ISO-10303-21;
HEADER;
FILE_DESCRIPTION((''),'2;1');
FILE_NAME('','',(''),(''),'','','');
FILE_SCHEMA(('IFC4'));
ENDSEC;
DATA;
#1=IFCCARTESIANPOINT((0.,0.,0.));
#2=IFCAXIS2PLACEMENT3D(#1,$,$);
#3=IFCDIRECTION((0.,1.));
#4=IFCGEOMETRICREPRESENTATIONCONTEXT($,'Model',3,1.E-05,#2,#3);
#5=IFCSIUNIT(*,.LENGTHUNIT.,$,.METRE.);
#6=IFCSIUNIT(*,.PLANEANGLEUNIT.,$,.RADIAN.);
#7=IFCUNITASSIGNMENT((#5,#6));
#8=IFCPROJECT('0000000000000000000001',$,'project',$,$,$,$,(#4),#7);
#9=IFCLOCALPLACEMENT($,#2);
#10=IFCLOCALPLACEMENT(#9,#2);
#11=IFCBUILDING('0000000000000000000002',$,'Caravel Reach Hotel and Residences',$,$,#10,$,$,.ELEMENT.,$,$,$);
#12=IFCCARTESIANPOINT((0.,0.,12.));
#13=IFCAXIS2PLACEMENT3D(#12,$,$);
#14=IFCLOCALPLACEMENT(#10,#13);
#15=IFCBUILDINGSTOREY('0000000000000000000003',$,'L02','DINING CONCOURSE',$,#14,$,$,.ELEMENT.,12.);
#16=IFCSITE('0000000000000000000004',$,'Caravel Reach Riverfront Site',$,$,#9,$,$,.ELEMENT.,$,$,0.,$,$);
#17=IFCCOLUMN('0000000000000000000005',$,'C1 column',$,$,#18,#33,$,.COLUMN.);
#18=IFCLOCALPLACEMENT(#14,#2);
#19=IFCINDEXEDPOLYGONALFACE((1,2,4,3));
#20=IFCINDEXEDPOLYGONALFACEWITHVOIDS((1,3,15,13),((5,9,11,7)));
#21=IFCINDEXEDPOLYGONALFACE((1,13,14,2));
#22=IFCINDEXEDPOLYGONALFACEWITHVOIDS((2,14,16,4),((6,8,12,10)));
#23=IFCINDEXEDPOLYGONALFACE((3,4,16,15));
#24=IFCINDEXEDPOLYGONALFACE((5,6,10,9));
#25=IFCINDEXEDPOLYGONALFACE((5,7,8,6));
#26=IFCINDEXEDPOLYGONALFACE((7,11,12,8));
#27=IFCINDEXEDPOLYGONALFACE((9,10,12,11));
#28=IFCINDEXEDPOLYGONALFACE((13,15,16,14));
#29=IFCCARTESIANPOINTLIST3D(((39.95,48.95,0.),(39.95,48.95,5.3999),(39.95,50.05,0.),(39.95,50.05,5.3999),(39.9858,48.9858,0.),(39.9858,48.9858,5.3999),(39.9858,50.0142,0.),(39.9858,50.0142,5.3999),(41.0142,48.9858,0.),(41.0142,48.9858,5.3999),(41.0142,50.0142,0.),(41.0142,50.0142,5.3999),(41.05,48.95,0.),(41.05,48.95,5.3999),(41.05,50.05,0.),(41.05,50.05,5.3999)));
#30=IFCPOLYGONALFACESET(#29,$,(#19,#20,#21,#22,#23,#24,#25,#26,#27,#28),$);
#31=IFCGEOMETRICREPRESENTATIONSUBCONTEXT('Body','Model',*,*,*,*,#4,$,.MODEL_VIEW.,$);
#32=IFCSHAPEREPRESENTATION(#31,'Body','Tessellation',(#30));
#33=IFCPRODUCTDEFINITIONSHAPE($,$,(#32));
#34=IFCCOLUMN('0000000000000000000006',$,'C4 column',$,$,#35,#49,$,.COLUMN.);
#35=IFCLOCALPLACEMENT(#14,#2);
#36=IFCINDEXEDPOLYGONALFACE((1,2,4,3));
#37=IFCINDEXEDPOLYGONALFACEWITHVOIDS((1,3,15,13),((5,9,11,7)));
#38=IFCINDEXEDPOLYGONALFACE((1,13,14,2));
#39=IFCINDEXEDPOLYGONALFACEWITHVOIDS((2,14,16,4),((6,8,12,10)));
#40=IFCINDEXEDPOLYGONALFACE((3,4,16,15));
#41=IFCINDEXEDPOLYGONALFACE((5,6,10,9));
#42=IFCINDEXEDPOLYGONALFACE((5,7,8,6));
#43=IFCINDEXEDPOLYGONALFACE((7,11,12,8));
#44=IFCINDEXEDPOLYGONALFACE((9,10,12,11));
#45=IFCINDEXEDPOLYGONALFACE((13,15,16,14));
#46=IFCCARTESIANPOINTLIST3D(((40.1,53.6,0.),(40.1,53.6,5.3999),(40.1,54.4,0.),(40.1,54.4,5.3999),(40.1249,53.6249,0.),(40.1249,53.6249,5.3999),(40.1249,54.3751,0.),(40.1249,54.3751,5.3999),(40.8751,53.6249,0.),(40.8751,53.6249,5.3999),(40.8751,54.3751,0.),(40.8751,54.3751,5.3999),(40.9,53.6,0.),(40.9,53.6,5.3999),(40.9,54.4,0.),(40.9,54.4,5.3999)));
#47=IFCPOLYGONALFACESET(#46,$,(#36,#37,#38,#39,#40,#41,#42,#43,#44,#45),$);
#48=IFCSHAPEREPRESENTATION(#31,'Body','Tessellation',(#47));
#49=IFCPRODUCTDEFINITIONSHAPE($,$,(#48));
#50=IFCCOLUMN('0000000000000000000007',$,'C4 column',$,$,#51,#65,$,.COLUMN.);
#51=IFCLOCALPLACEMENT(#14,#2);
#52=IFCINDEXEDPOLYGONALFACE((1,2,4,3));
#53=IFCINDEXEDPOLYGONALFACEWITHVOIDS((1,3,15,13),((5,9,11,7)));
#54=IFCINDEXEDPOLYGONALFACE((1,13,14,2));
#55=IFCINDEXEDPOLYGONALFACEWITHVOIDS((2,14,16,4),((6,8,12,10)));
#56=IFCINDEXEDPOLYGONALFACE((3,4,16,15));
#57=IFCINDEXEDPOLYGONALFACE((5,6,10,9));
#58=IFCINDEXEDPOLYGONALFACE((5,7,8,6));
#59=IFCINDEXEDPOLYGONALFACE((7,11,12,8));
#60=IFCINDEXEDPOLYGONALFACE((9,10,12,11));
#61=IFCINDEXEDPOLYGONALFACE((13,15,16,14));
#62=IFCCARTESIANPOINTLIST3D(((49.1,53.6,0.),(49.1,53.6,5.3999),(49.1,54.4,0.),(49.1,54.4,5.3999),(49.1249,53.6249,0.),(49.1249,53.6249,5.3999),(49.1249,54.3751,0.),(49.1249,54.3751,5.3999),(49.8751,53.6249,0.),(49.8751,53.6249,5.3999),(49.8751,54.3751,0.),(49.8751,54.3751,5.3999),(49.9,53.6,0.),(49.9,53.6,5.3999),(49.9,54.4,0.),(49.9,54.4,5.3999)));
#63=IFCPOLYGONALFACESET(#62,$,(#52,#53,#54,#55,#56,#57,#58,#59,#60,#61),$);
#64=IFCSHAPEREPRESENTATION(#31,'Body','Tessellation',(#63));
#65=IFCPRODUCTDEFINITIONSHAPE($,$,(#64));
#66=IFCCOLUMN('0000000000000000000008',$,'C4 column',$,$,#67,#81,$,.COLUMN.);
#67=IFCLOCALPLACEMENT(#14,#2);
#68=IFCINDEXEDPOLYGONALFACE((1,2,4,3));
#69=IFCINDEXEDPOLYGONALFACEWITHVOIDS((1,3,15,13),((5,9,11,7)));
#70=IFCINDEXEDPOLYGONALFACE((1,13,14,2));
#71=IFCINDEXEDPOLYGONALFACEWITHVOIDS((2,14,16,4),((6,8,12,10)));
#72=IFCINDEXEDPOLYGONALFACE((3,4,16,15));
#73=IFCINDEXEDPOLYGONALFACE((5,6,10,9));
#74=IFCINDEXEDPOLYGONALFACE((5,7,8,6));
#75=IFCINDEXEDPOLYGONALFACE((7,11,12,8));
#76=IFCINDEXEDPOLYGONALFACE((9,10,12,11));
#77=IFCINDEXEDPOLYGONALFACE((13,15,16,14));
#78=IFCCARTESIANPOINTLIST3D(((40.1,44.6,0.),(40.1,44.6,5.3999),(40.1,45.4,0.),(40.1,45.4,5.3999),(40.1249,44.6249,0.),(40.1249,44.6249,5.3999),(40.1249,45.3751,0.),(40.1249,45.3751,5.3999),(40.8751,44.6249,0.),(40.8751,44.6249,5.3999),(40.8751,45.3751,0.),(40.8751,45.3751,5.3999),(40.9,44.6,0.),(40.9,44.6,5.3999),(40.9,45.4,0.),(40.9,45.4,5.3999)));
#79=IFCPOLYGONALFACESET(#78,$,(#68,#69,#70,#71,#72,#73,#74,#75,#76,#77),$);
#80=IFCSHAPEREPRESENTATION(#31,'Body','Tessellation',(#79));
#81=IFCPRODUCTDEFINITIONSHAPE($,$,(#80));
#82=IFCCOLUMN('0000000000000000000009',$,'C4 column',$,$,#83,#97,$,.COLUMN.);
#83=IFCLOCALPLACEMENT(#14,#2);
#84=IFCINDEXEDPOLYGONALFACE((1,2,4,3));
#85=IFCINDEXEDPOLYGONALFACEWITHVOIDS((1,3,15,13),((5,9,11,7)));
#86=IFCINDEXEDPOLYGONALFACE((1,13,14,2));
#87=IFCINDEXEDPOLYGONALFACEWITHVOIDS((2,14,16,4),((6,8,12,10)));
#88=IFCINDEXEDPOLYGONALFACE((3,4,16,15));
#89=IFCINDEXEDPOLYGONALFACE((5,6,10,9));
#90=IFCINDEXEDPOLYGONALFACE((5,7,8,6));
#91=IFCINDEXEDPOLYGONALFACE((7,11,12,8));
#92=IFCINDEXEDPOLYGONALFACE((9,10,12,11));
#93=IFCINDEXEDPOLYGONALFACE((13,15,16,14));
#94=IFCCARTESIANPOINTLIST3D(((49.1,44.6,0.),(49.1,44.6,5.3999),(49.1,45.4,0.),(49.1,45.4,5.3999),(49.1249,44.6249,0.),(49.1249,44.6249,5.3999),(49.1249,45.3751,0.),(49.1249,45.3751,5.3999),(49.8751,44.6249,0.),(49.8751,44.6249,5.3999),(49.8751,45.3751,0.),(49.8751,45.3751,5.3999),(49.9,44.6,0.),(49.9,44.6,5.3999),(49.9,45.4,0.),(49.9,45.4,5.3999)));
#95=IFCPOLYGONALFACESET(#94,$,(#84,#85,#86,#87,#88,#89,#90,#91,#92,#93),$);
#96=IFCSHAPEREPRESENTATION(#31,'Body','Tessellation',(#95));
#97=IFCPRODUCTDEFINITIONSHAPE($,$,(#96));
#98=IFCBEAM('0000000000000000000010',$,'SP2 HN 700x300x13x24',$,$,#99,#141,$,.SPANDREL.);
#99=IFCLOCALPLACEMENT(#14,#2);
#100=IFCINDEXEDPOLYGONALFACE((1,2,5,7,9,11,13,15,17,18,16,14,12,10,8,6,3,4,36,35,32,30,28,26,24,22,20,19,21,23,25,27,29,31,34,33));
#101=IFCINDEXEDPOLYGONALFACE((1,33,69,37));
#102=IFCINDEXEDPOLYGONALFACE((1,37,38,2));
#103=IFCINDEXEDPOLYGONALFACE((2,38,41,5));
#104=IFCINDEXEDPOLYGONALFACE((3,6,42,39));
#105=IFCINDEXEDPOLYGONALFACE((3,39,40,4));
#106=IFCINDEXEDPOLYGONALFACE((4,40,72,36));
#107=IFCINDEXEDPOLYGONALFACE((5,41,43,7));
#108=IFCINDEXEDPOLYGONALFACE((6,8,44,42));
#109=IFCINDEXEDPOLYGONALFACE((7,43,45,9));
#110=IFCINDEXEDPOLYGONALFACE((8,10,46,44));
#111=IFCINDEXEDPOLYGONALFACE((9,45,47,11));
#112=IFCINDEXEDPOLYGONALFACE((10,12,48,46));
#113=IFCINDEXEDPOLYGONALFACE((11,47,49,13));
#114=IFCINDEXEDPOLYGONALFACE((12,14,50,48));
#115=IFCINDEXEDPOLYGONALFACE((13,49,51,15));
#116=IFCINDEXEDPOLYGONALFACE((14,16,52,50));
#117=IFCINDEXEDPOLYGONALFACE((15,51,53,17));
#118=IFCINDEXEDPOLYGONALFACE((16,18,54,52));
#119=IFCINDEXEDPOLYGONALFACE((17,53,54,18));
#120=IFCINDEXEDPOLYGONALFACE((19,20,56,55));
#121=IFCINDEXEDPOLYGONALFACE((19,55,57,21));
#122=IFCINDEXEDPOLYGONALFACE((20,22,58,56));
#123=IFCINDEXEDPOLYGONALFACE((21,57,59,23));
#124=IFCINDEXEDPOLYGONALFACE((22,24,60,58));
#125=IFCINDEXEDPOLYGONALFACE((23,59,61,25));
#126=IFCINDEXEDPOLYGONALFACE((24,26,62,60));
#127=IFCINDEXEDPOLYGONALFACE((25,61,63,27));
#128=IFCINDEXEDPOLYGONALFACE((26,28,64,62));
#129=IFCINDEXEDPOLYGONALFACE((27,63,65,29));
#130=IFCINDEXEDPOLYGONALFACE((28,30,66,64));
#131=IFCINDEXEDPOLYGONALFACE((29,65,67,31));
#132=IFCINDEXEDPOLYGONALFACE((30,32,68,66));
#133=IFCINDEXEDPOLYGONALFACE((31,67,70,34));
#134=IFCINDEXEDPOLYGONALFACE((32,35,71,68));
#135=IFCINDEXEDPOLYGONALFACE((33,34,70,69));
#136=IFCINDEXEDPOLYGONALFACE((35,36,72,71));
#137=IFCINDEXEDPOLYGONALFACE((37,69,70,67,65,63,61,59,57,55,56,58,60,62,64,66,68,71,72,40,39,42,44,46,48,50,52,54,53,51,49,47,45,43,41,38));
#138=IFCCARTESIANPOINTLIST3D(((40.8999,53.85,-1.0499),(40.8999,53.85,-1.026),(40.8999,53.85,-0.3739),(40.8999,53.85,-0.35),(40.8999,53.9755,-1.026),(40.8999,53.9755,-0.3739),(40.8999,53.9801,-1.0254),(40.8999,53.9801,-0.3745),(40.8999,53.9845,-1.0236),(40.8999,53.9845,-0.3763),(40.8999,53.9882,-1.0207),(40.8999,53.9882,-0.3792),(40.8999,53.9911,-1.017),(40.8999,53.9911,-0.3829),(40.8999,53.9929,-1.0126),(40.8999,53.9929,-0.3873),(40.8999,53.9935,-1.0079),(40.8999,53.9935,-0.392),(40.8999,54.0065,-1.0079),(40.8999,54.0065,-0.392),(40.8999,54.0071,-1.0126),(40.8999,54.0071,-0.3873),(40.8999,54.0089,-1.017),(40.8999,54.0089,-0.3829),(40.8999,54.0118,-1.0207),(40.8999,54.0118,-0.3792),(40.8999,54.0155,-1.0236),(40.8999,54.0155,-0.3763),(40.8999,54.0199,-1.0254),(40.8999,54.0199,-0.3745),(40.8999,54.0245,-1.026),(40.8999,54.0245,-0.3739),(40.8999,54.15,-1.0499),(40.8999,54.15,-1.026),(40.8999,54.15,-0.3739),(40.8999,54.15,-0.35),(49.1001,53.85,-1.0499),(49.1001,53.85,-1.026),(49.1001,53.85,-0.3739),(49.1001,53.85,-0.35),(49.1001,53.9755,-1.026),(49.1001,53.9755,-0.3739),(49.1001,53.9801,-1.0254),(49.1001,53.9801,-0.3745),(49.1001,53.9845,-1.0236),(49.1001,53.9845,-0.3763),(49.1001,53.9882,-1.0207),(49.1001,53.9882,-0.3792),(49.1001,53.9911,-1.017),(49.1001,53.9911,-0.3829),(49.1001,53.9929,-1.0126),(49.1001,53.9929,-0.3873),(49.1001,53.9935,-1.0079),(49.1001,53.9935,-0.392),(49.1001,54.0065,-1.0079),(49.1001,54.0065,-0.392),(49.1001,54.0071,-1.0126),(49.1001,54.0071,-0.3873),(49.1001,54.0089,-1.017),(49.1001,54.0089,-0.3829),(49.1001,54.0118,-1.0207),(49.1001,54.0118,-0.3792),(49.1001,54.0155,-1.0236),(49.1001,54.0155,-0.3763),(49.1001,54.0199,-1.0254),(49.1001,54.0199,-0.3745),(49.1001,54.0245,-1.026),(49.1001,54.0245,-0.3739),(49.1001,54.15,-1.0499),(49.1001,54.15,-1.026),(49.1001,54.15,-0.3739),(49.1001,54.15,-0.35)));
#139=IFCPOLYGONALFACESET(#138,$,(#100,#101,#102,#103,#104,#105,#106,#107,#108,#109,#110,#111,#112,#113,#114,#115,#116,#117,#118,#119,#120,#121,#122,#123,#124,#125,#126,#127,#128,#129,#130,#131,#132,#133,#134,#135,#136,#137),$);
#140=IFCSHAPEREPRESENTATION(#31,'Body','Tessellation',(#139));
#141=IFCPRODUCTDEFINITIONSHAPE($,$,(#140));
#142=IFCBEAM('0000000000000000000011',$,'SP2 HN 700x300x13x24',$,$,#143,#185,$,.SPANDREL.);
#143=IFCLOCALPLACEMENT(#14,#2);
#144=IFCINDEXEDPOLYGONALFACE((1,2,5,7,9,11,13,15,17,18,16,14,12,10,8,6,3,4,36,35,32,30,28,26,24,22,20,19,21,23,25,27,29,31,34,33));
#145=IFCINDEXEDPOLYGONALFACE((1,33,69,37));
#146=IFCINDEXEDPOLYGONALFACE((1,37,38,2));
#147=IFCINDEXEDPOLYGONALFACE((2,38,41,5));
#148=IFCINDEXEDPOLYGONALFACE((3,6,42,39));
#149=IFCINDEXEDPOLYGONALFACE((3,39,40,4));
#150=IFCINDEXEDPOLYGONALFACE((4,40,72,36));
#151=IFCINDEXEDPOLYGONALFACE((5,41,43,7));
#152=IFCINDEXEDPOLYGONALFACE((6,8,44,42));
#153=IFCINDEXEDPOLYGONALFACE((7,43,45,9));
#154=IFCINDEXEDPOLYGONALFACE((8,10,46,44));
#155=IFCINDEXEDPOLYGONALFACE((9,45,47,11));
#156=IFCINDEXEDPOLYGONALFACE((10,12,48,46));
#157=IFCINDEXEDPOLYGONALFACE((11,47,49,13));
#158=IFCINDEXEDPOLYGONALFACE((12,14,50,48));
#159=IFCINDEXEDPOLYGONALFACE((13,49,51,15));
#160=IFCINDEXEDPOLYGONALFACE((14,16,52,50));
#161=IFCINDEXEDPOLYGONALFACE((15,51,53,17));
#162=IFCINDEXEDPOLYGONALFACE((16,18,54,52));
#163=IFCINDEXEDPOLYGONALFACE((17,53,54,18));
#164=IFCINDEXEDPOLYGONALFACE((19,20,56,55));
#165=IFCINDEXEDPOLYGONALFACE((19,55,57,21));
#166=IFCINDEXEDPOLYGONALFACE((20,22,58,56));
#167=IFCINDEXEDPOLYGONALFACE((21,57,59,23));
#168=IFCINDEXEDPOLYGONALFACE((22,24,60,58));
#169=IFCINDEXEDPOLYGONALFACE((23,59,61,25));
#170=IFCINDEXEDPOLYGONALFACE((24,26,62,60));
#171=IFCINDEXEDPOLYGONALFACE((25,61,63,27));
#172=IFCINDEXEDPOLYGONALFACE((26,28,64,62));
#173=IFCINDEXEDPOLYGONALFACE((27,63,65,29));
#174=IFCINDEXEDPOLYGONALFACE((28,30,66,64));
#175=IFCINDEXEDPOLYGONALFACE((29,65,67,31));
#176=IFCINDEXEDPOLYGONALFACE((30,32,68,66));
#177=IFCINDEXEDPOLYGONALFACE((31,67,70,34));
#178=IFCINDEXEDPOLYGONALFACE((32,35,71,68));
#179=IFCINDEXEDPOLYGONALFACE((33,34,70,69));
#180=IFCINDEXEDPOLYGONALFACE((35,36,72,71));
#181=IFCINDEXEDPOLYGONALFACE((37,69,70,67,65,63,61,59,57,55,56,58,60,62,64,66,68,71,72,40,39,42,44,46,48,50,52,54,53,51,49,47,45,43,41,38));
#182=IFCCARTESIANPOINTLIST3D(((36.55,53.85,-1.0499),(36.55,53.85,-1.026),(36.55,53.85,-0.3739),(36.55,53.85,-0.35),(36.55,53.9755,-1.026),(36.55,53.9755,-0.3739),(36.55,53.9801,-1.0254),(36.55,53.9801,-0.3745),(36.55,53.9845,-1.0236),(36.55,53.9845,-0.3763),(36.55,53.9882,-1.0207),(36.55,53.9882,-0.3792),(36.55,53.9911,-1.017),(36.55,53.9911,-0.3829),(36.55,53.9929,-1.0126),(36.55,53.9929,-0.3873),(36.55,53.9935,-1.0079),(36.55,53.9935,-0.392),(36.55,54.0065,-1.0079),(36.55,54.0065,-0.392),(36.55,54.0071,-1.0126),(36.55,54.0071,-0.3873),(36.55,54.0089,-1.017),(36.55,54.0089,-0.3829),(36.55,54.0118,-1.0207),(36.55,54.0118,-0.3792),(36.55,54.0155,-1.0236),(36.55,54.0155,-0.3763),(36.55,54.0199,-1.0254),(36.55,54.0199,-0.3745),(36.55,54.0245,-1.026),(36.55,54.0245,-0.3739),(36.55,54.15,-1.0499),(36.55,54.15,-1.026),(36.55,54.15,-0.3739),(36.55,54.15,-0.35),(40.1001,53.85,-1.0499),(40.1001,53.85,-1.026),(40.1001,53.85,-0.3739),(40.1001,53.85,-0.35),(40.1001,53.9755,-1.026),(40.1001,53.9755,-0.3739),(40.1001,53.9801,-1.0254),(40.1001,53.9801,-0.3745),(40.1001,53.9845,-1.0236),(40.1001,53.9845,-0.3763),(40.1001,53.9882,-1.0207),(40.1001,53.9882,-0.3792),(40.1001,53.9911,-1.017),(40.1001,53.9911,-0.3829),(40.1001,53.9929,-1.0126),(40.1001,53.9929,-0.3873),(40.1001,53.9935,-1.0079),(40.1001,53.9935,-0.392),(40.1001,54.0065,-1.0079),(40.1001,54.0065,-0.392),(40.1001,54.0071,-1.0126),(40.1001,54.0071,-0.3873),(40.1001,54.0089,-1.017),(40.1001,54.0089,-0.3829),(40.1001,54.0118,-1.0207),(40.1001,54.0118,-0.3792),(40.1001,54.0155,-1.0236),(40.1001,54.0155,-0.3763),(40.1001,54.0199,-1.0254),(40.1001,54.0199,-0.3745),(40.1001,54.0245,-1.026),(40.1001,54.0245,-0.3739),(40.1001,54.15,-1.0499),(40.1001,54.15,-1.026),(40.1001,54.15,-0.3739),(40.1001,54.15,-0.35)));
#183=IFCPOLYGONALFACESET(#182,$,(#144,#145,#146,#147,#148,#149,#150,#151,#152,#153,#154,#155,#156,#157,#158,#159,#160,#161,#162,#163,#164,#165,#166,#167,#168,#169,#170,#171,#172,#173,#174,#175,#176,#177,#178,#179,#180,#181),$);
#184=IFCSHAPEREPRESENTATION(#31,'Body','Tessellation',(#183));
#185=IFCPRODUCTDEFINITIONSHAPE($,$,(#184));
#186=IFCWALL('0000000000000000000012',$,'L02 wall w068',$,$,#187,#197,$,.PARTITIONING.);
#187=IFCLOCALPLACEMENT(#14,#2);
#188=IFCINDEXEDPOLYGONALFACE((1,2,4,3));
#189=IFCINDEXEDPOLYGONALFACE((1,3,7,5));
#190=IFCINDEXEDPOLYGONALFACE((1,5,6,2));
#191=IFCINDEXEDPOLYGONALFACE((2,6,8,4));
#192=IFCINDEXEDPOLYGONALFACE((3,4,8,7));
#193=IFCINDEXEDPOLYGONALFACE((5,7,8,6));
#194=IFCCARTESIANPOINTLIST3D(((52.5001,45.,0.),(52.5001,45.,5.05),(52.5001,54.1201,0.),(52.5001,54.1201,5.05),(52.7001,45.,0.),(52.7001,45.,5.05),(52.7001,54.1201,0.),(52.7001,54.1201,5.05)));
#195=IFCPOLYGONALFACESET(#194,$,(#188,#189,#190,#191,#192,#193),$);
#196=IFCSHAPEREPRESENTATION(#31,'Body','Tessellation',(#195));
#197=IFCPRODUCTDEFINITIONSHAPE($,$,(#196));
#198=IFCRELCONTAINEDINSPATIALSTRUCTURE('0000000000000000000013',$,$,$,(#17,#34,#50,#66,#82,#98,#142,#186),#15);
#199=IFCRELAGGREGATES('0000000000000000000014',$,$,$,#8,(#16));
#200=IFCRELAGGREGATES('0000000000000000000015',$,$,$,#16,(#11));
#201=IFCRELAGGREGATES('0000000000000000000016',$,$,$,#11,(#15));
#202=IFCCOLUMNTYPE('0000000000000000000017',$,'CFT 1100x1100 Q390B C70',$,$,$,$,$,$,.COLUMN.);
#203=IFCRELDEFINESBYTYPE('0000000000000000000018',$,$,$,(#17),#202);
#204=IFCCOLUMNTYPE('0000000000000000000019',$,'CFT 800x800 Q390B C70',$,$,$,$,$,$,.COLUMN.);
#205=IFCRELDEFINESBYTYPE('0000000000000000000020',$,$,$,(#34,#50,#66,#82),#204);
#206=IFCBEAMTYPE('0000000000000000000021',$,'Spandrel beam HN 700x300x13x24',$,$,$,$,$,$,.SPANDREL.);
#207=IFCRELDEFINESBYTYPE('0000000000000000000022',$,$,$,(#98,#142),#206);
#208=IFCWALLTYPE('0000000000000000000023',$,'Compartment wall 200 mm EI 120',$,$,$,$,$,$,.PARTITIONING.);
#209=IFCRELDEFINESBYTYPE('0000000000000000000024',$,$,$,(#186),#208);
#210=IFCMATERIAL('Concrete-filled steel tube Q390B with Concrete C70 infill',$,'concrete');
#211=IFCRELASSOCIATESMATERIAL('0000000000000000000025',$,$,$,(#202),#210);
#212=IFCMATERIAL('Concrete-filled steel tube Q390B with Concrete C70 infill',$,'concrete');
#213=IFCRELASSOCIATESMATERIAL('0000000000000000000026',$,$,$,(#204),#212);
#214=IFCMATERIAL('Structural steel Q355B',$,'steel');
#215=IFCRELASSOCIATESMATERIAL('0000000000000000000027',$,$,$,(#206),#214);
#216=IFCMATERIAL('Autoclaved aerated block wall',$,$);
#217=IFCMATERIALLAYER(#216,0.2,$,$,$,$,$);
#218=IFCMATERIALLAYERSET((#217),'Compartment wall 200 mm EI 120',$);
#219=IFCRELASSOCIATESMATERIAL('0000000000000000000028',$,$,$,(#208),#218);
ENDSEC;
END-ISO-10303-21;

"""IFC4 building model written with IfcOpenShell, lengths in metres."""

from ifc_helpers import new_model, si_unit, direction, frame, frame_2d, origin, origin_2d, place, context, subcontext, project, spatial, rectangle, hollow_rectangle, i_section, extrude, material, layer, layer_set, material_profile, profile_set, type_object, element, save


model = new_model("IFC4")

# Units and contexts
model_context = context("Model", 3, precision=1e-05, world=origin(), true_north=direction((0.0, 1.0)))
body_context = subcontext(model_context, "Body", "Model", "MODEL_VIEW")
ifc_project = project(units=[si_unit("LENGTHUNIT", "METRE"), si_unit("PLANEANGLEUNIT", "RADIAN")], contexts=[model_context])

# Site, building, storey
site_placement = place(None, origin())
site = spatial("IfcSite", under=ifc_project, at=site_placement, Name="Caravel Reach Riverfront Site", CompositionType="ELEMENT", RefElevation=0.0)
building_placement = place(site_placement, origin())
building = spatial("IfcBuilding", under=site, at=building_placement, Name="Caravel Reach Hotel and Residences", CompositionType="ELEMENT")
storey_placement = place(building_placement, frame((0.0, 0.0, 12.0)))
storey = spatial("IfcBuildingStorey", under=building, at=storey_placement, Name="L02", Description="DINING CONCOURSE", CompositionType="ELEMENT", Elevation=12.0)

# Columns
ifc_material_1 = material(Name="Concrete-filled steel tube Q390B with Concrete C70 infill", Category="concrete")
ifc_material_profile_1 = material_profile(ifc_material_1, hollow_rectangle(XDim=1.1001, YDim=1.1001, WallThickness=0.0359, at=origin_2d()), Name="RHS 1100x1100x36")
ifc_profile_set_1 = profile_set([ifc_material_profile_1], Name="Concrete-filled steel tube Q390B with Concrete C70 infill")
column_type_1 = type_object("IfcColumnType", Name="CFT 1100x1100 Q390B C70", PredefinedType="COLUMN", material=ifc_profile_set_1)
column_placement = place(storey_placement, frame((40.5, 49.5, 0.0), z_axis=(0.0, 0.0, 1.0), x_axis=(1.0, 0.0, 0.0)))
element("IfcColumn", 1, at=column_placement, inside=storey, type_object=column_type_1, Name="C1 column", PredefinedType="COLUMN", context=body_context, shape_type="SweptSolid", body=[
    extrude(hollow_rectangle(XDim=1.1001, YDim=1.1001, WallThickness=0.0359, at=origin_2d()), origin(), (0.0, 0.0, 1.0), 5.3999),
])
ifc_material_2 = material(Name="Concrete-filled steel tube Q390B with Concrete C70 infill", Category="concrete")
ifc_material_profile_2 = material_profile(ifc_material_2, hollow_rectangle(XDim=0.8, YDim=0.8, WallThickness=0.0249, at=origin_2d()), Name="RHS 800x800x25")
ifc_profile_set_2 = profile_set([ifc_material_profile_2], Name="Concrete-filled steel tube Q390B with Concrete C70 infill")
column_type_2 = type_object("IfcColumnType", Name="CFT 800x800 Q390B C70", PredefinedType="COLUMN", material=ifc_profile_set_2)
for number, where, z_axis, x_axis, name in (
    (2, (40.5, 54.0, 0.0), (0.0, 0.0, 1.0), (1.0, 0.0, 0.0), "C4 column"),
    (3, (49.5, 54.0, 0.0), (0.0, 0.0, 1.0), (1.0, 0.0, 0.0), "C4 column"),
    (4, (40.5, 45.0, 0.0), (0.0, 0.0, 1.0), (1.0, 0.0, 0.0), "C4 column"),
    (5, (49.5, 45.0, 0.0), (0.0, 0.0, 1.0), (1.0, 0.0, 0.0), "C4 column"),
):
    element("IfcColumn", number, at=place(storey_placement, frame(where, z_axis=z_axis, x_axis=x_axis)), inside=storey, type_object=column_type_2, Name=name, PredefinedType="COLUMN", context=body_context, shape_type="SweptSolid", body=[
        extrude(hollow_rectangle(XDim=0.8, YDim=0.8, WallThickness=0.0249, at=origin_2d()), origin(), (0.0, 0.0, 1.0), 5.3999),
    ])

# Beams
ifc_material_3 = material(Name="Structural steel Q355B", Category="steel")
ifc_material_profile_3 = material_profile(ifc_material_3, i_section(OverallWidth=0.3, OverallDepth=0.7, WebThickness=0.0129, FlangeThickness=0.0239, FilletRadius=0.0181, at=origin_2d()), Name="HN 700x300x13x24")
ifc_profile_set_3 = profile_set([ifc_material_profile_3], Name="Structural steel Q355B")
beam_type = type_object("IfcBeamType", Name="Spandrel beam HN 700x300x13x24", PredefinedType="SPANDREL", material=ifc_profile_set_3)
beam_1_placement = place(storey_placement, frame((49.1001, 54.0, -0.7), z_axis=(-1.0, 0.0, 0.0), x_axis=(0.0, -1.0, 0.0)))
element("IfcBeam", 6, at=beam_1_placement, inside=storey, type_object=beam_type, Name="SP2 HN 700x300x13x24", PredefinedType="SPANDREL", context=body_context, shape_type="SweptSolid", body=[
    extrude(i_section(OverallWidth=0.3, OverallDepth=0.7, WebThickness=0.0129, FlangeThickness=0.0239, FilletRadius=0.0181, at=origin_2d()), origin(), (0.0, 0.0, 1.0), 8.2002),
])
beam_2_placement = place(storey_placement, frame((40.1001, 54.0, -0.7), z_axis=(-1.0, 0.0, 0.0), x_axis=(0.0, -1.0, 0.0)))
element("IfcBeam", 7, at=beam_2_placement, inside=storey, type_object=beam_type, Name="SP2 HN 700x300x13x24", PredefinedType="SPANDREL", context=body_context, shape_type="SweptSolid", body=[
    extrude(i_section(OverallWidth=0.3, OverallDepth=0.7, WebThickness=0.0129, FlangeThickness=0.0239, FilletRadius=0.0181, at=origin_2d()), origin(), (0.0, 0.0, 1.0), 3.55),
])

# Wall
ifc_material_4 = material(Name="Autoclaved aerated block wall")
ifc_layer_1 = layer(ifc_material_4, 0.2)
ifc_layer_set_1 = layer_set([ifc_layer_1], Name="Compartment wall 200 mm EI 120")
wall_type_1 = type_object("IfcWallType", Name="Compartment wall 200 mm EI 120", PredefinedType="PARTITIONING", material=ifc_layer_set_1)
wall_1_placement = place(storey_placement, frame((52.6001, 45.0, 0.0), z_axis=(0.0, 0.0, 1.0), x_axis=(0.0, 1.0, 0.0)))
element("IfcWall", 8, at=wall_1_placement, inside=storey, type_object=wall_type_1, Name="L02 wall w068", PredefinedType="PARTITIONING", context=body_context, shape_type="SweptSolid", body=[
    extrude(rectangle(XDim=9.1201, YDim=0.2, at=frame_2d((4.5601, 0.0))), origin(), (0.0, 0.0, 1.0), 5.05),
])

save(model, "model.ifc")
